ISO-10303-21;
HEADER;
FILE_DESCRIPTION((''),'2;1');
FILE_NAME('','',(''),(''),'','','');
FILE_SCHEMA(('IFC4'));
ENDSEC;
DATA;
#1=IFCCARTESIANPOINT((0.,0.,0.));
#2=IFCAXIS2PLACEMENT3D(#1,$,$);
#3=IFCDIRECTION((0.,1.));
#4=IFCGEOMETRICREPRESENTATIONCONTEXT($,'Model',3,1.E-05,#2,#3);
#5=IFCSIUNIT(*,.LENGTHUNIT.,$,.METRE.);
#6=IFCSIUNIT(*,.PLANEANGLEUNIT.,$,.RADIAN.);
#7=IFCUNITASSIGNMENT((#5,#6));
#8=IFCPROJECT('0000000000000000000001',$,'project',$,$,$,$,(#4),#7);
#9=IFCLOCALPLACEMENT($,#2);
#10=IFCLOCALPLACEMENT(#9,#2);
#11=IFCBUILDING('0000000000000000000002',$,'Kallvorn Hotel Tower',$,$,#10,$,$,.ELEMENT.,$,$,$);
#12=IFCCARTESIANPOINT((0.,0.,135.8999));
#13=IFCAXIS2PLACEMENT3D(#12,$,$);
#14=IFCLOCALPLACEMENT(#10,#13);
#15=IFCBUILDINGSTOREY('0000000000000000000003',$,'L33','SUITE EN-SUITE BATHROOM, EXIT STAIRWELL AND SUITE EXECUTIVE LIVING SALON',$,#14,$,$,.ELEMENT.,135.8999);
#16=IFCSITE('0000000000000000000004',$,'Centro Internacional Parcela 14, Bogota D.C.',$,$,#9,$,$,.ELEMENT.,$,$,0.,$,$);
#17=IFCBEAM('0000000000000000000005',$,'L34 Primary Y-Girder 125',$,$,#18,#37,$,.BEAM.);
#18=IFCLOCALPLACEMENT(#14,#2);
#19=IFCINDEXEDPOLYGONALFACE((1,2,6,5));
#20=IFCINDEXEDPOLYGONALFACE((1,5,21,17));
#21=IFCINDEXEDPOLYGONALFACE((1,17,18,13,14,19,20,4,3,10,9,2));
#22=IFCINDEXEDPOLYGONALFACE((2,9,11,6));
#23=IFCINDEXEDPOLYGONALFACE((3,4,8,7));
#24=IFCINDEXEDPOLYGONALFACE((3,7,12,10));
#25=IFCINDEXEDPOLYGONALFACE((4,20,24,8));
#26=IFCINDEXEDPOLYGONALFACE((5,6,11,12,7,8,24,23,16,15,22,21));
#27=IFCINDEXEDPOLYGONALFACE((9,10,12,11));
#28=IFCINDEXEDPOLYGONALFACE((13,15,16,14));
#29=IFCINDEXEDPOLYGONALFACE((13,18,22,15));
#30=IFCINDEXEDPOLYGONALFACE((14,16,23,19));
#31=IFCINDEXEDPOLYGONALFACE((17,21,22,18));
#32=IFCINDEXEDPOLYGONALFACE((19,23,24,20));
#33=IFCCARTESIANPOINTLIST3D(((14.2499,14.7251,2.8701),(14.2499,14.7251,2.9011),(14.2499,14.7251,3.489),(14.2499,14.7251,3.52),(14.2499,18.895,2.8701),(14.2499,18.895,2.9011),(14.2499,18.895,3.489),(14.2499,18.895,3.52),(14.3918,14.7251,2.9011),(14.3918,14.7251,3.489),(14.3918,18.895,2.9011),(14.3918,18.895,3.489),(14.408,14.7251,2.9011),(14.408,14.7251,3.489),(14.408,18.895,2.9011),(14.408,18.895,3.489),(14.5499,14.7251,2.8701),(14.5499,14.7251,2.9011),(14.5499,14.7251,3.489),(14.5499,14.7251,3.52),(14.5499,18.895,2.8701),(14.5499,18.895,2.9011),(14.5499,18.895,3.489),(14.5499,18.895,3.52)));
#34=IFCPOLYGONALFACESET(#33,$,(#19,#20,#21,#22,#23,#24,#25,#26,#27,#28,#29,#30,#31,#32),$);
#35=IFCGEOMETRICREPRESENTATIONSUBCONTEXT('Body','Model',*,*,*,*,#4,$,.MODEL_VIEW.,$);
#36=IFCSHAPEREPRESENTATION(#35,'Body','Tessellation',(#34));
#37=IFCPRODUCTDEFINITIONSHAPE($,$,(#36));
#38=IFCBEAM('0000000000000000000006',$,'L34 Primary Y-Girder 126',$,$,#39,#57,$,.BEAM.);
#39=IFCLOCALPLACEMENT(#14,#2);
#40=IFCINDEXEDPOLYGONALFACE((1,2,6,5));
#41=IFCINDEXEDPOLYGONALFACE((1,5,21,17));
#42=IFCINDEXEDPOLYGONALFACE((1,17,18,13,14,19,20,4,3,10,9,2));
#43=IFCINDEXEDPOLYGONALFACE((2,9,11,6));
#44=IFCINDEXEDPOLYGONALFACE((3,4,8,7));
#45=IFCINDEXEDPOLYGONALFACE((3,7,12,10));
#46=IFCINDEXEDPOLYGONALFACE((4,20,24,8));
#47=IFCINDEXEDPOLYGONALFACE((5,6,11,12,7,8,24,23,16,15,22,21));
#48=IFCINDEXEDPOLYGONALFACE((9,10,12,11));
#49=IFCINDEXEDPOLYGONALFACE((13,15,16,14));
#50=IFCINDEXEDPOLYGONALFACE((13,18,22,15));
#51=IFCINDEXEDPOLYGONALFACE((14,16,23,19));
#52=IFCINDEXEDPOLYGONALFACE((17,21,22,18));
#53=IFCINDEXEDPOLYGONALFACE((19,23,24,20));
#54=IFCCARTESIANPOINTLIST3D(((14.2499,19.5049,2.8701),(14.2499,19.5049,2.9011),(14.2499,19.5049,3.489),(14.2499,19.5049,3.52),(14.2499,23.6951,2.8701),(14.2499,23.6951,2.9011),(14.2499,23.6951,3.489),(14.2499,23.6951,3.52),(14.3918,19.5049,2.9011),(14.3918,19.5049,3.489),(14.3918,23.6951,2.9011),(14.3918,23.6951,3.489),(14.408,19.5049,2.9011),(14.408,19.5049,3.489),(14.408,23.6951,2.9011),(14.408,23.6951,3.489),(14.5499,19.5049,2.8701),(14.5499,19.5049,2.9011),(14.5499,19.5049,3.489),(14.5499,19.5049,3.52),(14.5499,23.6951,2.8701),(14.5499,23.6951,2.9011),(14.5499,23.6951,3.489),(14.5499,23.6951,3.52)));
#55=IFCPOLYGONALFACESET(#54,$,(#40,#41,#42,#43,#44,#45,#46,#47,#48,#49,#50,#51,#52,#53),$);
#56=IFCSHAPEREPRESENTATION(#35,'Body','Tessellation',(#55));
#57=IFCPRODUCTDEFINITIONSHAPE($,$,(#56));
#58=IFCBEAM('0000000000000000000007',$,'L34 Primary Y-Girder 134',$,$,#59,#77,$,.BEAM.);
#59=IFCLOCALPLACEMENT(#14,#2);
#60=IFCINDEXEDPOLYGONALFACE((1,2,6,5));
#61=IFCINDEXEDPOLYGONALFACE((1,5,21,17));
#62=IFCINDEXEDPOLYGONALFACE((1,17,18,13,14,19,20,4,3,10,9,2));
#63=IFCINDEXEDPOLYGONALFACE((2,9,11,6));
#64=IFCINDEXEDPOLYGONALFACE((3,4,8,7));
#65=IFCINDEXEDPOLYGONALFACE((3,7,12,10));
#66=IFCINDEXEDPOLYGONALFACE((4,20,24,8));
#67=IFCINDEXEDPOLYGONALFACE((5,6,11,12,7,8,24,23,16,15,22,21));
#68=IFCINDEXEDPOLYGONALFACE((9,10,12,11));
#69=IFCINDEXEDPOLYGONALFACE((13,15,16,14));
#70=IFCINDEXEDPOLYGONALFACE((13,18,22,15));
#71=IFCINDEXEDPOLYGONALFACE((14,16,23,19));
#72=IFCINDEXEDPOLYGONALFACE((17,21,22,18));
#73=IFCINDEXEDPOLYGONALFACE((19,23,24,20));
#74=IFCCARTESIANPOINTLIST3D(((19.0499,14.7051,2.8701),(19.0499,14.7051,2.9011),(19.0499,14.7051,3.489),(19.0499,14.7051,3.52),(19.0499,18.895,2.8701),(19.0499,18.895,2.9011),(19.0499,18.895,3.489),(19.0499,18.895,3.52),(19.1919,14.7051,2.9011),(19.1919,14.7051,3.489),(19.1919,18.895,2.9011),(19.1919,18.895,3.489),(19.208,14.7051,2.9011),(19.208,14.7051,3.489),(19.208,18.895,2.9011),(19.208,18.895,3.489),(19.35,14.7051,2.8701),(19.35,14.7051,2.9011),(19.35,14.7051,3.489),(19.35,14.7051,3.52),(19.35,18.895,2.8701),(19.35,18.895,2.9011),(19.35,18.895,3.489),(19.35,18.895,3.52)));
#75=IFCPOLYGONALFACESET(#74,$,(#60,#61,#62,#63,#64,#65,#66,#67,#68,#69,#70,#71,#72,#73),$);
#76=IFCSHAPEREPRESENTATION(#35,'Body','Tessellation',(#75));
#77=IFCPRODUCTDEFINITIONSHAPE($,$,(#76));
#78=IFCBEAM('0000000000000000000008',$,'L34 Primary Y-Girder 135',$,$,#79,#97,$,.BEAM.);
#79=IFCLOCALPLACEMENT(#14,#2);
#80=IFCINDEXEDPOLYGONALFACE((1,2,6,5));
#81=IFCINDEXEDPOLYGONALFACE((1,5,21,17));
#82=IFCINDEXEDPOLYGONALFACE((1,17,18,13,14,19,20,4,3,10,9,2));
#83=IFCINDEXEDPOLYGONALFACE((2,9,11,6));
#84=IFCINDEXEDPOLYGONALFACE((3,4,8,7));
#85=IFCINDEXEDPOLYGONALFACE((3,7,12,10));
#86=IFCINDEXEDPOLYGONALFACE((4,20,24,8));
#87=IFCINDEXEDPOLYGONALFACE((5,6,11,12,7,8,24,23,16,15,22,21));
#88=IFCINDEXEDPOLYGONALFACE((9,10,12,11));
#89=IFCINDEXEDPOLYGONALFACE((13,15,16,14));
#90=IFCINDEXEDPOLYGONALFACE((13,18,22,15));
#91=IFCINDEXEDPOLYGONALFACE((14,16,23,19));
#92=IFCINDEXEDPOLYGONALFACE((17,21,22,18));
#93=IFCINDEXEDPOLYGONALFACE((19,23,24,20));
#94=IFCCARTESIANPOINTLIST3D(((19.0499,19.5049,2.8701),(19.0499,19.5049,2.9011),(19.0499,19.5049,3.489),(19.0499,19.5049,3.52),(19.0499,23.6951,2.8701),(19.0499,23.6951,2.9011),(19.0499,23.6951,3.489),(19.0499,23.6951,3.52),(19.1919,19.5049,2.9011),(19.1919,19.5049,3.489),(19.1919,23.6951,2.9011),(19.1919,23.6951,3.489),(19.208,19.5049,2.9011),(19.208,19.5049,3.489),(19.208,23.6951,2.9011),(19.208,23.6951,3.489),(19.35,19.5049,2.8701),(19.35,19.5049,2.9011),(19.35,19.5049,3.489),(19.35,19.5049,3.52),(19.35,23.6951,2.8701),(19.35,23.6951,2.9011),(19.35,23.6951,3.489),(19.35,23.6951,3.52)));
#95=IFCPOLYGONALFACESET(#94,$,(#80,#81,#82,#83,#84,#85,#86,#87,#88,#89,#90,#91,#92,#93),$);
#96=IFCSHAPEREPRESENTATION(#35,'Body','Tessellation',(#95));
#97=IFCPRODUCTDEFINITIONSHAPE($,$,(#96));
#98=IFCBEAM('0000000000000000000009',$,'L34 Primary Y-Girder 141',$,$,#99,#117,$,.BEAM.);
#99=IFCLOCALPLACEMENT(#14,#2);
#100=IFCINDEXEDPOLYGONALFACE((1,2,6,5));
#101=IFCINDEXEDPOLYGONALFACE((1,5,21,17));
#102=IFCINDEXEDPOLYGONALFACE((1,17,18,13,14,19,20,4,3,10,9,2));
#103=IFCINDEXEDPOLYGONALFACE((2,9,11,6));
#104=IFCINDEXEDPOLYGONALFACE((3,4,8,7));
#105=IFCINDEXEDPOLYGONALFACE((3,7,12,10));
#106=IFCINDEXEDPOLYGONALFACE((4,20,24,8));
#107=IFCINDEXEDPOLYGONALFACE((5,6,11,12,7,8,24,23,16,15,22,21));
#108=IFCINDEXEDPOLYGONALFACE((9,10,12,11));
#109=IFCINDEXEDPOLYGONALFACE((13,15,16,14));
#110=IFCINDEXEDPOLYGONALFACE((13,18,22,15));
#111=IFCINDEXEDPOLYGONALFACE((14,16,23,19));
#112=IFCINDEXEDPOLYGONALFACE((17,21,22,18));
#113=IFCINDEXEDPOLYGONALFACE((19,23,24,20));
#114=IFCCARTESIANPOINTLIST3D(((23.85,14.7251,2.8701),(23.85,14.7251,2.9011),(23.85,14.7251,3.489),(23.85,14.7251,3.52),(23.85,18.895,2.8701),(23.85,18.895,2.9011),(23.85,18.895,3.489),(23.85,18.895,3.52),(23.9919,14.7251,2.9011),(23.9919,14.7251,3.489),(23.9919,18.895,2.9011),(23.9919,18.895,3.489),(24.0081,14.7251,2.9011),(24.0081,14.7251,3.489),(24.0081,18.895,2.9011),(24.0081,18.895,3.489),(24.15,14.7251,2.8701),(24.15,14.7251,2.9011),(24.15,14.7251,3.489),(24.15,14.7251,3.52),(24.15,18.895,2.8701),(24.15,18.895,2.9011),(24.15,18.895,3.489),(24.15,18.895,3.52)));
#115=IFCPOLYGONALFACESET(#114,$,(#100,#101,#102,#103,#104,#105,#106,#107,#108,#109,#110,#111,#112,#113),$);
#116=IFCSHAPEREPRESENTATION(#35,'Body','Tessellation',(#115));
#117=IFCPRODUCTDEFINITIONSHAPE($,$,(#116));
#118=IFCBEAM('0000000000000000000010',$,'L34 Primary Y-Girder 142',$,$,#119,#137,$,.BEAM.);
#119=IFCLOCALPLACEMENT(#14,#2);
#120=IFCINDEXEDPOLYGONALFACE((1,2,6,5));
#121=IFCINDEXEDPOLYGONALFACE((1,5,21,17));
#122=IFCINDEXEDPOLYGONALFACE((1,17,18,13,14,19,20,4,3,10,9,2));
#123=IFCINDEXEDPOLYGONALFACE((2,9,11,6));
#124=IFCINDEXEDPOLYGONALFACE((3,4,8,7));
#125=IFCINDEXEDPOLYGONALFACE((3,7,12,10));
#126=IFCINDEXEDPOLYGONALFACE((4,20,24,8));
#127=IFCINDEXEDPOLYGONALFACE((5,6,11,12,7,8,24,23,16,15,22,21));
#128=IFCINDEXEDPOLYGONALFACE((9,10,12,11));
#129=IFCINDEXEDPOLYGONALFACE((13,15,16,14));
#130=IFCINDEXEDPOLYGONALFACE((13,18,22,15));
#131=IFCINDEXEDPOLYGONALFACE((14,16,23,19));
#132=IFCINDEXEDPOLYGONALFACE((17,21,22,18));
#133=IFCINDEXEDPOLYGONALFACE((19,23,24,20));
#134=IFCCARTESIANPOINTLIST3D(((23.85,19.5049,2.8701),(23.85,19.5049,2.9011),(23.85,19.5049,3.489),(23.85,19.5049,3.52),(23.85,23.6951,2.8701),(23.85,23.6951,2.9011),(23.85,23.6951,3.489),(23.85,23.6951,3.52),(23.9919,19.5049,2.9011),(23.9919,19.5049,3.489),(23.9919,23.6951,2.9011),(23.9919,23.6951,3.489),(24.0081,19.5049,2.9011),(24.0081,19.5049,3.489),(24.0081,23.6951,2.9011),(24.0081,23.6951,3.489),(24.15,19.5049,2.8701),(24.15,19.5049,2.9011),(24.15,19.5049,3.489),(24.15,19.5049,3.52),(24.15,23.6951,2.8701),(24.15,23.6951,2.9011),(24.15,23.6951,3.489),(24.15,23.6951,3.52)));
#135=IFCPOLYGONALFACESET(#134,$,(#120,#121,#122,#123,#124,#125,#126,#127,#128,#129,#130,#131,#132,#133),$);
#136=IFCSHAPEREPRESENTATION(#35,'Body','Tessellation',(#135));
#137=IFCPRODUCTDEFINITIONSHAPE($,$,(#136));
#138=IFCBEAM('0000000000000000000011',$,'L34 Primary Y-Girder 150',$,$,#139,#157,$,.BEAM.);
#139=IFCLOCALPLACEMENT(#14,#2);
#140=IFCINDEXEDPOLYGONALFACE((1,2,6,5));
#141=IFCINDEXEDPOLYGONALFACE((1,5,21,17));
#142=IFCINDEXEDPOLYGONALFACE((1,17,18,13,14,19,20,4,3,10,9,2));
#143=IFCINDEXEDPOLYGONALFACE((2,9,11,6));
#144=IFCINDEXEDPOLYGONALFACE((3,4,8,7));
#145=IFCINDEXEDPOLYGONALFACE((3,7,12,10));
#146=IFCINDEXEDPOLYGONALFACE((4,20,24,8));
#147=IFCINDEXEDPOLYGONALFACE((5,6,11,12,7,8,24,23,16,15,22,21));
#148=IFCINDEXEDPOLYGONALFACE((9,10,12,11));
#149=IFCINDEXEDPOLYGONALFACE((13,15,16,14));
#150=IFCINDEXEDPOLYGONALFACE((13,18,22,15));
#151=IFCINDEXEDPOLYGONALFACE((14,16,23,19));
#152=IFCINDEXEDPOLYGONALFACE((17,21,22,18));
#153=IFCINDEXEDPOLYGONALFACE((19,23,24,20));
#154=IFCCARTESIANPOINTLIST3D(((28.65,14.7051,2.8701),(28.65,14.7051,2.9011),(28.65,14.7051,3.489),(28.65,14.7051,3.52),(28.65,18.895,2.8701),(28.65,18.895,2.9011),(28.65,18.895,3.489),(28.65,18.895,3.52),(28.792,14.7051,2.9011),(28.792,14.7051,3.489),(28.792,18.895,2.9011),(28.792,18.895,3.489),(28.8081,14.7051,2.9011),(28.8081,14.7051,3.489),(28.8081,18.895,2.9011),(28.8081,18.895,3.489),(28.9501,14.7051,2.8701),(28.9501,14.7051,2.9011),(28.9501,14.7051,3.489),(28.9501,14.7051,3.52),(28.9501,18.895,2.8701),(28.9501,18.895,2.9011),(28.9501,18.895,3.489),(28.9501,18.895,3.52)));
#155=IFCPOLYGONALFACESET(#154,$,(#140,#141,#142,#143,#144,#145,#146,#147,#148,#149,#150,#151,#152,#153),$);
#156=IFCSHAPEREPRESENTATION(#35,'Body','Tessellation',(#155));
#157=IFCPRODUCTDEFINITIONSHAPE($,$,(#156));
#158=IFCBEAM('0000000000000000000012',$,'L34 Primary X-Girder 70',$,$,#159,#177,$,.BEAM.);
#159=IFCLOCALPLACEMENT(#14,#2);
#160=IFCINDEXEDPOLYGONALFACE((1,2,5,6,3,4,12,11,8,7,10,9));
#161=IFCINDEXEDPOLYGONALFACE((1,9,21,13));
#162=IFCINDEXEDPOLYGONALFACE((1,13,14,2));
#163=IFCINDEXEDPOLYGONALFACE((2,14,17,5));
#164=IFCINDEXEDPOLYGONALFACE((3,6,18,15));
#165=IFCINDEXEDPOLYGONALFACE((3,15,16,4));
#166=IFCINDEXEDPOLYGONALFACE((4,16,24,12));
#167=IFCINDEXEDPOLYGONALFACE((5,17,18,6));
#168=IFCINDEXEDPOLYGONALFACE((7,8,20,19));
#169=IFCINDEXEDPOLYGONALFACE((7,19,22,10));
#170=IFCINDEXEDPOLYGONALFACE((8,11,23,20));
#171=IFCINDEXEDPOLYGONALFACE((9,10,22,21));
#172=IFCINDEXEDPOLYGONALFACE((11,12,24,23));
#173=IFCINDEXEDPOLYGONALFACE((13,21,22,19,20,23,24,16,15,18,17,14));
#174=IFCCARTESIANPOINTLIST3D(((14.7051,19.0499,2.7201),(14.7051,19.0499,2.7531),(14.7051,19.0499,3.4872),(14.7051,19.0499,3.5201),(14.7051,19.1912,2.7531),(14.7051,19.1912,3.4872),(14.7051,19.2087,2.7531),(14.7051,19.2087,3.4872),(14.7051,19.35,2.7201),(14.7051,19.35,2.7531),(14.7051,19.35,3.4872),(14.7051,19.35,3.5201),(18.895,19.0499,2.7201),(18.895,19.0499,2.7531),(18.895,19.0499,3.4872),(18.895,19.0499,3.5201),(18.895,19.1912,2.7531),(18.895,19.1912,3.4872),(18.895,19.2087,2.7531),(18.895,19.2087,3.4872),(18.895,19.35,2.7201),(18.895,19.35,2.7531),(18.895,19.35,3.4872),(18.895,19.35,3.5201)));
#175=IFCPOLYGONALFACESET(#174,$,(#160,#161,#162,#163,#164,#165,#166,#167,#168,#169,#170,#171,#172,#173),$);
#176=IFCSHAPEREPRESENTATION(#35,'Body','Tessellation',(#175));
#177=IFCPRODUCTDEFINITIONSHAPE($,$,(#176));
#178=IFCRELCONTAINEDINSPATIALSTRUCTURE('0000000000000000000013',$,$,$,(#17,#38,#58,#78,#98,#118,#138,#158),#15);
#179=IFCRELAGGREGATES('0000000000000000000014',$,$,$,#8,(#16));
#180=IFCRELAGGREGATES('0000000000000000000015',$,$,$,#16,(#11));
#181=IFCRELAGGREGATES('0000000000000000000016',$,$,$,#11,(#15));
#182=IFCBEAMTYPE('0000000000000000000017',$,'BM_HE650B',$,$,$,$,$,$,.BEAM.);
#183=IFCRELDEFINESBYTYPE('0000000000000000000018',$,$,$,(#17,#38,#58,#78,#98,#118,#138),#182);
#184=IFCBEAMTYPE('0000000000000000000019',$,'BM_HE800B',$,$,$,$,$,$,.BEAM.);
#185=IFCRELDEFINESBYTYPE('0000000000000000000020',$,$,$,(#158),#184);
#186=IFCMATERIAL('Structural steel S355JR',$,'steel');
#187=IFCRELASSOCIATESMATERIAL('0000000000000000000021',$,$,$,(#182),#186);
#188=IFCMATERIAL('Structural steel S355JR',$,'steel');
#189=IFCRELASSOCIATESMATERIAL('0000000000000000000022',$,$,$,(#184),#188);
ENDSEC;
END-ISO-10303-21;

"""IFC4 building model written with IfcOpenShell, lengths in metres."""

from ifc_helpers import new_model, si_unit, direction, frame, origin, origin_2d, place, context, subcontext, project, spatial, i_section, extrude, material, material_profile, profile_set, type_object, element, save


model = new_model("IFC4")

# Units and contexts
model_context = context("Model", 3, precision=1e-05, world=origin(), true_north=direction((0.0, 1.0)))
body_context = subcontext(model_context, "Body", "Model", "MODEL_VIEW")
ifc_project = project(units=[si_unit("LENGTHUNIT", "METRE"), si_unit("PLANEANGLEUNIT", "RADIAN")], contexts=[model_context])

# Site, building, storey
site_placement = place(None, origin())
site = spatial("IfcSite", under=ifc_project, at=site_placement, Name="Centro Internacional Parcela 14, Bogota D.C.", CompositionType="ELEMENT", RefElevation=0.0)
building_placement = place(site_placement, origin())
building = spatial("IfcBuilding", under=site, at=building_placement, Name="Kallvorn Hotel Tower", CompositionType="ELEMENT")
storey_placement = place(building_placement, frame((0.0, 0.0, 135.8999)))
storey = spatial("IfcBuildingStorey", under=building, at=storey_placement, Name="L33", Description="SUITE EN-SUITE BATHROOM, EXIT STAIRWELL AND SUITE EXECUTIVE LIVING SALON", CompositionType="ELEMENT", Elevation=135.8999)

# Beams
ifc_material_1 = material(Name="Structural steel S355JR", Category="steel")
ifc_material_profile_1 = material_profile(ifc_material_1, i_section(OverallWidth=0.3, OverallDepth=0.6499, WebThickness=0.0161, FlangeThickness=0.031, at=origin_2d()), Name="HE 650 B")
ifc_profile_set_1 = profile_set([ifc_material_profile_1], Name="Structural steel S355JR")
beam_type_1 = type_object("IfcBeamType", Name="BM_HE650B", PredefinedType="BEAM", material=ifc_profile_set_1)
beam_1_placement = place(storey_placement, frame((14.3999, 14.7251, 3.1951), z_axis=(0.0, 1.0, 0.0), x_axis=(-1.0, 0.0, 0.0)))
element("IfcBeam", 1, at=beam_1_placement, inside=storey, type_object=beam_type_1, Name="L34 Primary Y-Girder 125", PredefinedType="BEAM", context=body_context, shape_type="SweptSolid", body=[
    extrude(i_section(OverallWidth=0.3, OverallDepth=0.6499, WebThickness=0.0161, FlangeThickness=0.031, at=origin_2d()), origin(), (0.0, 0.0, 1.0), 4.1699),
])
beam_2_placement = place(storey_placement, frame((14.3999, 19.5049, 3.1951), z_axis=(0.0, 1.0, 0.0), x_axis=(-1.0, 0.0, 0.0)))
element("IfcBeam", 2, at=beam_2_placement, inside=storey, type_object=beam_type_1, Name="L34 Primary Y-Girder 126", PredefinedType="BEAM", context=body_context, shape_type="SweptSolid", body=[
    extrude(i_section(OverallWidth=0.3, OverallDepth=0.6499, WebThickness=0.0161, FlangeThickness=0.031, at=origin_2d()), origin(), (0.0, 0.0, 1.0), 4.1902),
])
beam_3_placement = place(storey_placement, frame((19.2, 14.7051, 3.1951), z_axis=(0.0, 1.0, 0.0), x_axis=(-1.0, 0.0, 0.0)))
element("IfcBeam", 3, at=beam_3_placement, inside=storey, type_object=beam_type_1, Name="L34 Primary Y-Girder 134", PredefinedType="BEAM", context=body_context, shape_type="SweptSolid", body=[
    extrude(i_section(OverallWidth=0.3, OverallDepth=0.6499, WebThickness=0.0161, FlangeThickness=0.031, at=origin_2d()), origin(), (0.0, 0.0, 1.0), 4.1899),
])
beam_4_placement = place(storey_placement, frame((19.2, 19.5049, 3.1951), z_axis=(0.0, 1.0, 0.0), x_axis=(-1.0, 0.0, 0.0)))
element("IfcBeam", 4, at=beam_4_placement, inside=storey, type_object=beam_type_1, Name="L34 Primary Y-Girder 135", PredefinedType="BEAM", context=body_context, shape_type="SweptSolid", body=[
    extrude(i_section(OverallWidth=0.3, OverallDepth=0.6499, WebThickness=0.0161, FlangeThickness=0.031, at=origin_2d()), origin(), (0.0, 0.0, 1.0), 4.1902),
])
beam_5_placement = place(storey_placement, frame((24.0, 14.7251, 3.1951), z_axis=(0.0, 1.0, 0.0), x_axis=(-1.0, 0.0, 0.0)))
element("IfcBeam", 5, at=beam_5_placement, inside=storey, type_object=beam_type_1, Name="L34 Primary Y-Girder 141", PredefinedType="BEAM", context=body_context, shape_type="SweptSolid", body=[
    extrude(i_section(OverallWidth=0.3, OverallDepth=0.6499, WebThickness=0.0161, FlangeThickness=0.031, at=origin_2d()), origin(), (0.0, 0.0, 1.0), 4.1699),
])
beam_6_placement = place(storey_placement, frame((24.0, 19.5049, 3.1951), z_axis=(0.0, 1.0, 0.0), x_axis=(-1.0, 0.0, 0.0)))
element("IfcBeam", 6, at=beam_6_placement, inside=storey, type_object=beam_type_1, Name="L34 Primary Y-Girder 142", PredefinedType="BEAM", context=body_context, shape_type="SweptSolid", body=[
    extrude(i_section(OverallWidth=0.3, OverallDepth=0.6499, WebThickness=0.0161, FlangeThickness=0.031, at=origin_2d()), origin(), (0.0, 0.0, 1.0), 4.1902),
])
beam_7_placement = place(storey_placement, frame((28.8, 14.7051, 3.1951), z_axis=(0.0, 1.0, 0.0), x_axis=(-1.0, 0.0, 0.0)))
element("IfcBeam", 7, at=beam_7_placement, inside=storey, type_object=beam_type_1, Name="L34 Primary Y-Girder 150", PredefinedType="BEAM", context=body_context, shape_type="SweptSolid", body=[
    extrude(i_section(OverallWidth=0.3, OverallDepth=0.6499, WebThickness=0.0161, FlangeThickness=0.031, at=origin_2d()), origin(), (0.0, 0.0, 1.0), 4.1899),
])
ifc_material_2 = material(Name="Structural steel S355JR", Category="steel")
ifc_material_profile_2 = material_profile(ifc_material_2, i_section(OverallWidth=0.3, OverallDepth=0.8, WebThickness=0.0176, FlangeThickness=0.033, at=origin_2d()), Name="HE 800 B")
ifc_profile_set_2 = profile_set([ifc_material_profile_2], Name="Structural steel S355JR")
beam_type_2 = type_object("IfcBeamType", Name="BM_HE800B", PredefinedType="BEAM", material=ifc_profile_set_2)
beam_8_placement = place(storey_placement, frame((14.7051, 19.2, 3.1201), z_axis=(1.0, 0.0, 0.0), x_axis=(0.0, 1.0, 0.0)))
element("IfcBeam", 8, at=beam_8_placement, inside=storey, type_object=beam_type_2, Name="L34 Primary X-Girder 70", PredefinedType="BEAM", context=body_context, shape_type="SweptSolid", body=[
    extrude(i_section(OverallWidth=0.3, OverallDepth=0.8, WebThickness=0.0176, FlangeThickness=0.033, at=origin_2d()), origin(), (0.0, 0.0, 1.0), 4.1899),
])

save(model, "model.ifc")
